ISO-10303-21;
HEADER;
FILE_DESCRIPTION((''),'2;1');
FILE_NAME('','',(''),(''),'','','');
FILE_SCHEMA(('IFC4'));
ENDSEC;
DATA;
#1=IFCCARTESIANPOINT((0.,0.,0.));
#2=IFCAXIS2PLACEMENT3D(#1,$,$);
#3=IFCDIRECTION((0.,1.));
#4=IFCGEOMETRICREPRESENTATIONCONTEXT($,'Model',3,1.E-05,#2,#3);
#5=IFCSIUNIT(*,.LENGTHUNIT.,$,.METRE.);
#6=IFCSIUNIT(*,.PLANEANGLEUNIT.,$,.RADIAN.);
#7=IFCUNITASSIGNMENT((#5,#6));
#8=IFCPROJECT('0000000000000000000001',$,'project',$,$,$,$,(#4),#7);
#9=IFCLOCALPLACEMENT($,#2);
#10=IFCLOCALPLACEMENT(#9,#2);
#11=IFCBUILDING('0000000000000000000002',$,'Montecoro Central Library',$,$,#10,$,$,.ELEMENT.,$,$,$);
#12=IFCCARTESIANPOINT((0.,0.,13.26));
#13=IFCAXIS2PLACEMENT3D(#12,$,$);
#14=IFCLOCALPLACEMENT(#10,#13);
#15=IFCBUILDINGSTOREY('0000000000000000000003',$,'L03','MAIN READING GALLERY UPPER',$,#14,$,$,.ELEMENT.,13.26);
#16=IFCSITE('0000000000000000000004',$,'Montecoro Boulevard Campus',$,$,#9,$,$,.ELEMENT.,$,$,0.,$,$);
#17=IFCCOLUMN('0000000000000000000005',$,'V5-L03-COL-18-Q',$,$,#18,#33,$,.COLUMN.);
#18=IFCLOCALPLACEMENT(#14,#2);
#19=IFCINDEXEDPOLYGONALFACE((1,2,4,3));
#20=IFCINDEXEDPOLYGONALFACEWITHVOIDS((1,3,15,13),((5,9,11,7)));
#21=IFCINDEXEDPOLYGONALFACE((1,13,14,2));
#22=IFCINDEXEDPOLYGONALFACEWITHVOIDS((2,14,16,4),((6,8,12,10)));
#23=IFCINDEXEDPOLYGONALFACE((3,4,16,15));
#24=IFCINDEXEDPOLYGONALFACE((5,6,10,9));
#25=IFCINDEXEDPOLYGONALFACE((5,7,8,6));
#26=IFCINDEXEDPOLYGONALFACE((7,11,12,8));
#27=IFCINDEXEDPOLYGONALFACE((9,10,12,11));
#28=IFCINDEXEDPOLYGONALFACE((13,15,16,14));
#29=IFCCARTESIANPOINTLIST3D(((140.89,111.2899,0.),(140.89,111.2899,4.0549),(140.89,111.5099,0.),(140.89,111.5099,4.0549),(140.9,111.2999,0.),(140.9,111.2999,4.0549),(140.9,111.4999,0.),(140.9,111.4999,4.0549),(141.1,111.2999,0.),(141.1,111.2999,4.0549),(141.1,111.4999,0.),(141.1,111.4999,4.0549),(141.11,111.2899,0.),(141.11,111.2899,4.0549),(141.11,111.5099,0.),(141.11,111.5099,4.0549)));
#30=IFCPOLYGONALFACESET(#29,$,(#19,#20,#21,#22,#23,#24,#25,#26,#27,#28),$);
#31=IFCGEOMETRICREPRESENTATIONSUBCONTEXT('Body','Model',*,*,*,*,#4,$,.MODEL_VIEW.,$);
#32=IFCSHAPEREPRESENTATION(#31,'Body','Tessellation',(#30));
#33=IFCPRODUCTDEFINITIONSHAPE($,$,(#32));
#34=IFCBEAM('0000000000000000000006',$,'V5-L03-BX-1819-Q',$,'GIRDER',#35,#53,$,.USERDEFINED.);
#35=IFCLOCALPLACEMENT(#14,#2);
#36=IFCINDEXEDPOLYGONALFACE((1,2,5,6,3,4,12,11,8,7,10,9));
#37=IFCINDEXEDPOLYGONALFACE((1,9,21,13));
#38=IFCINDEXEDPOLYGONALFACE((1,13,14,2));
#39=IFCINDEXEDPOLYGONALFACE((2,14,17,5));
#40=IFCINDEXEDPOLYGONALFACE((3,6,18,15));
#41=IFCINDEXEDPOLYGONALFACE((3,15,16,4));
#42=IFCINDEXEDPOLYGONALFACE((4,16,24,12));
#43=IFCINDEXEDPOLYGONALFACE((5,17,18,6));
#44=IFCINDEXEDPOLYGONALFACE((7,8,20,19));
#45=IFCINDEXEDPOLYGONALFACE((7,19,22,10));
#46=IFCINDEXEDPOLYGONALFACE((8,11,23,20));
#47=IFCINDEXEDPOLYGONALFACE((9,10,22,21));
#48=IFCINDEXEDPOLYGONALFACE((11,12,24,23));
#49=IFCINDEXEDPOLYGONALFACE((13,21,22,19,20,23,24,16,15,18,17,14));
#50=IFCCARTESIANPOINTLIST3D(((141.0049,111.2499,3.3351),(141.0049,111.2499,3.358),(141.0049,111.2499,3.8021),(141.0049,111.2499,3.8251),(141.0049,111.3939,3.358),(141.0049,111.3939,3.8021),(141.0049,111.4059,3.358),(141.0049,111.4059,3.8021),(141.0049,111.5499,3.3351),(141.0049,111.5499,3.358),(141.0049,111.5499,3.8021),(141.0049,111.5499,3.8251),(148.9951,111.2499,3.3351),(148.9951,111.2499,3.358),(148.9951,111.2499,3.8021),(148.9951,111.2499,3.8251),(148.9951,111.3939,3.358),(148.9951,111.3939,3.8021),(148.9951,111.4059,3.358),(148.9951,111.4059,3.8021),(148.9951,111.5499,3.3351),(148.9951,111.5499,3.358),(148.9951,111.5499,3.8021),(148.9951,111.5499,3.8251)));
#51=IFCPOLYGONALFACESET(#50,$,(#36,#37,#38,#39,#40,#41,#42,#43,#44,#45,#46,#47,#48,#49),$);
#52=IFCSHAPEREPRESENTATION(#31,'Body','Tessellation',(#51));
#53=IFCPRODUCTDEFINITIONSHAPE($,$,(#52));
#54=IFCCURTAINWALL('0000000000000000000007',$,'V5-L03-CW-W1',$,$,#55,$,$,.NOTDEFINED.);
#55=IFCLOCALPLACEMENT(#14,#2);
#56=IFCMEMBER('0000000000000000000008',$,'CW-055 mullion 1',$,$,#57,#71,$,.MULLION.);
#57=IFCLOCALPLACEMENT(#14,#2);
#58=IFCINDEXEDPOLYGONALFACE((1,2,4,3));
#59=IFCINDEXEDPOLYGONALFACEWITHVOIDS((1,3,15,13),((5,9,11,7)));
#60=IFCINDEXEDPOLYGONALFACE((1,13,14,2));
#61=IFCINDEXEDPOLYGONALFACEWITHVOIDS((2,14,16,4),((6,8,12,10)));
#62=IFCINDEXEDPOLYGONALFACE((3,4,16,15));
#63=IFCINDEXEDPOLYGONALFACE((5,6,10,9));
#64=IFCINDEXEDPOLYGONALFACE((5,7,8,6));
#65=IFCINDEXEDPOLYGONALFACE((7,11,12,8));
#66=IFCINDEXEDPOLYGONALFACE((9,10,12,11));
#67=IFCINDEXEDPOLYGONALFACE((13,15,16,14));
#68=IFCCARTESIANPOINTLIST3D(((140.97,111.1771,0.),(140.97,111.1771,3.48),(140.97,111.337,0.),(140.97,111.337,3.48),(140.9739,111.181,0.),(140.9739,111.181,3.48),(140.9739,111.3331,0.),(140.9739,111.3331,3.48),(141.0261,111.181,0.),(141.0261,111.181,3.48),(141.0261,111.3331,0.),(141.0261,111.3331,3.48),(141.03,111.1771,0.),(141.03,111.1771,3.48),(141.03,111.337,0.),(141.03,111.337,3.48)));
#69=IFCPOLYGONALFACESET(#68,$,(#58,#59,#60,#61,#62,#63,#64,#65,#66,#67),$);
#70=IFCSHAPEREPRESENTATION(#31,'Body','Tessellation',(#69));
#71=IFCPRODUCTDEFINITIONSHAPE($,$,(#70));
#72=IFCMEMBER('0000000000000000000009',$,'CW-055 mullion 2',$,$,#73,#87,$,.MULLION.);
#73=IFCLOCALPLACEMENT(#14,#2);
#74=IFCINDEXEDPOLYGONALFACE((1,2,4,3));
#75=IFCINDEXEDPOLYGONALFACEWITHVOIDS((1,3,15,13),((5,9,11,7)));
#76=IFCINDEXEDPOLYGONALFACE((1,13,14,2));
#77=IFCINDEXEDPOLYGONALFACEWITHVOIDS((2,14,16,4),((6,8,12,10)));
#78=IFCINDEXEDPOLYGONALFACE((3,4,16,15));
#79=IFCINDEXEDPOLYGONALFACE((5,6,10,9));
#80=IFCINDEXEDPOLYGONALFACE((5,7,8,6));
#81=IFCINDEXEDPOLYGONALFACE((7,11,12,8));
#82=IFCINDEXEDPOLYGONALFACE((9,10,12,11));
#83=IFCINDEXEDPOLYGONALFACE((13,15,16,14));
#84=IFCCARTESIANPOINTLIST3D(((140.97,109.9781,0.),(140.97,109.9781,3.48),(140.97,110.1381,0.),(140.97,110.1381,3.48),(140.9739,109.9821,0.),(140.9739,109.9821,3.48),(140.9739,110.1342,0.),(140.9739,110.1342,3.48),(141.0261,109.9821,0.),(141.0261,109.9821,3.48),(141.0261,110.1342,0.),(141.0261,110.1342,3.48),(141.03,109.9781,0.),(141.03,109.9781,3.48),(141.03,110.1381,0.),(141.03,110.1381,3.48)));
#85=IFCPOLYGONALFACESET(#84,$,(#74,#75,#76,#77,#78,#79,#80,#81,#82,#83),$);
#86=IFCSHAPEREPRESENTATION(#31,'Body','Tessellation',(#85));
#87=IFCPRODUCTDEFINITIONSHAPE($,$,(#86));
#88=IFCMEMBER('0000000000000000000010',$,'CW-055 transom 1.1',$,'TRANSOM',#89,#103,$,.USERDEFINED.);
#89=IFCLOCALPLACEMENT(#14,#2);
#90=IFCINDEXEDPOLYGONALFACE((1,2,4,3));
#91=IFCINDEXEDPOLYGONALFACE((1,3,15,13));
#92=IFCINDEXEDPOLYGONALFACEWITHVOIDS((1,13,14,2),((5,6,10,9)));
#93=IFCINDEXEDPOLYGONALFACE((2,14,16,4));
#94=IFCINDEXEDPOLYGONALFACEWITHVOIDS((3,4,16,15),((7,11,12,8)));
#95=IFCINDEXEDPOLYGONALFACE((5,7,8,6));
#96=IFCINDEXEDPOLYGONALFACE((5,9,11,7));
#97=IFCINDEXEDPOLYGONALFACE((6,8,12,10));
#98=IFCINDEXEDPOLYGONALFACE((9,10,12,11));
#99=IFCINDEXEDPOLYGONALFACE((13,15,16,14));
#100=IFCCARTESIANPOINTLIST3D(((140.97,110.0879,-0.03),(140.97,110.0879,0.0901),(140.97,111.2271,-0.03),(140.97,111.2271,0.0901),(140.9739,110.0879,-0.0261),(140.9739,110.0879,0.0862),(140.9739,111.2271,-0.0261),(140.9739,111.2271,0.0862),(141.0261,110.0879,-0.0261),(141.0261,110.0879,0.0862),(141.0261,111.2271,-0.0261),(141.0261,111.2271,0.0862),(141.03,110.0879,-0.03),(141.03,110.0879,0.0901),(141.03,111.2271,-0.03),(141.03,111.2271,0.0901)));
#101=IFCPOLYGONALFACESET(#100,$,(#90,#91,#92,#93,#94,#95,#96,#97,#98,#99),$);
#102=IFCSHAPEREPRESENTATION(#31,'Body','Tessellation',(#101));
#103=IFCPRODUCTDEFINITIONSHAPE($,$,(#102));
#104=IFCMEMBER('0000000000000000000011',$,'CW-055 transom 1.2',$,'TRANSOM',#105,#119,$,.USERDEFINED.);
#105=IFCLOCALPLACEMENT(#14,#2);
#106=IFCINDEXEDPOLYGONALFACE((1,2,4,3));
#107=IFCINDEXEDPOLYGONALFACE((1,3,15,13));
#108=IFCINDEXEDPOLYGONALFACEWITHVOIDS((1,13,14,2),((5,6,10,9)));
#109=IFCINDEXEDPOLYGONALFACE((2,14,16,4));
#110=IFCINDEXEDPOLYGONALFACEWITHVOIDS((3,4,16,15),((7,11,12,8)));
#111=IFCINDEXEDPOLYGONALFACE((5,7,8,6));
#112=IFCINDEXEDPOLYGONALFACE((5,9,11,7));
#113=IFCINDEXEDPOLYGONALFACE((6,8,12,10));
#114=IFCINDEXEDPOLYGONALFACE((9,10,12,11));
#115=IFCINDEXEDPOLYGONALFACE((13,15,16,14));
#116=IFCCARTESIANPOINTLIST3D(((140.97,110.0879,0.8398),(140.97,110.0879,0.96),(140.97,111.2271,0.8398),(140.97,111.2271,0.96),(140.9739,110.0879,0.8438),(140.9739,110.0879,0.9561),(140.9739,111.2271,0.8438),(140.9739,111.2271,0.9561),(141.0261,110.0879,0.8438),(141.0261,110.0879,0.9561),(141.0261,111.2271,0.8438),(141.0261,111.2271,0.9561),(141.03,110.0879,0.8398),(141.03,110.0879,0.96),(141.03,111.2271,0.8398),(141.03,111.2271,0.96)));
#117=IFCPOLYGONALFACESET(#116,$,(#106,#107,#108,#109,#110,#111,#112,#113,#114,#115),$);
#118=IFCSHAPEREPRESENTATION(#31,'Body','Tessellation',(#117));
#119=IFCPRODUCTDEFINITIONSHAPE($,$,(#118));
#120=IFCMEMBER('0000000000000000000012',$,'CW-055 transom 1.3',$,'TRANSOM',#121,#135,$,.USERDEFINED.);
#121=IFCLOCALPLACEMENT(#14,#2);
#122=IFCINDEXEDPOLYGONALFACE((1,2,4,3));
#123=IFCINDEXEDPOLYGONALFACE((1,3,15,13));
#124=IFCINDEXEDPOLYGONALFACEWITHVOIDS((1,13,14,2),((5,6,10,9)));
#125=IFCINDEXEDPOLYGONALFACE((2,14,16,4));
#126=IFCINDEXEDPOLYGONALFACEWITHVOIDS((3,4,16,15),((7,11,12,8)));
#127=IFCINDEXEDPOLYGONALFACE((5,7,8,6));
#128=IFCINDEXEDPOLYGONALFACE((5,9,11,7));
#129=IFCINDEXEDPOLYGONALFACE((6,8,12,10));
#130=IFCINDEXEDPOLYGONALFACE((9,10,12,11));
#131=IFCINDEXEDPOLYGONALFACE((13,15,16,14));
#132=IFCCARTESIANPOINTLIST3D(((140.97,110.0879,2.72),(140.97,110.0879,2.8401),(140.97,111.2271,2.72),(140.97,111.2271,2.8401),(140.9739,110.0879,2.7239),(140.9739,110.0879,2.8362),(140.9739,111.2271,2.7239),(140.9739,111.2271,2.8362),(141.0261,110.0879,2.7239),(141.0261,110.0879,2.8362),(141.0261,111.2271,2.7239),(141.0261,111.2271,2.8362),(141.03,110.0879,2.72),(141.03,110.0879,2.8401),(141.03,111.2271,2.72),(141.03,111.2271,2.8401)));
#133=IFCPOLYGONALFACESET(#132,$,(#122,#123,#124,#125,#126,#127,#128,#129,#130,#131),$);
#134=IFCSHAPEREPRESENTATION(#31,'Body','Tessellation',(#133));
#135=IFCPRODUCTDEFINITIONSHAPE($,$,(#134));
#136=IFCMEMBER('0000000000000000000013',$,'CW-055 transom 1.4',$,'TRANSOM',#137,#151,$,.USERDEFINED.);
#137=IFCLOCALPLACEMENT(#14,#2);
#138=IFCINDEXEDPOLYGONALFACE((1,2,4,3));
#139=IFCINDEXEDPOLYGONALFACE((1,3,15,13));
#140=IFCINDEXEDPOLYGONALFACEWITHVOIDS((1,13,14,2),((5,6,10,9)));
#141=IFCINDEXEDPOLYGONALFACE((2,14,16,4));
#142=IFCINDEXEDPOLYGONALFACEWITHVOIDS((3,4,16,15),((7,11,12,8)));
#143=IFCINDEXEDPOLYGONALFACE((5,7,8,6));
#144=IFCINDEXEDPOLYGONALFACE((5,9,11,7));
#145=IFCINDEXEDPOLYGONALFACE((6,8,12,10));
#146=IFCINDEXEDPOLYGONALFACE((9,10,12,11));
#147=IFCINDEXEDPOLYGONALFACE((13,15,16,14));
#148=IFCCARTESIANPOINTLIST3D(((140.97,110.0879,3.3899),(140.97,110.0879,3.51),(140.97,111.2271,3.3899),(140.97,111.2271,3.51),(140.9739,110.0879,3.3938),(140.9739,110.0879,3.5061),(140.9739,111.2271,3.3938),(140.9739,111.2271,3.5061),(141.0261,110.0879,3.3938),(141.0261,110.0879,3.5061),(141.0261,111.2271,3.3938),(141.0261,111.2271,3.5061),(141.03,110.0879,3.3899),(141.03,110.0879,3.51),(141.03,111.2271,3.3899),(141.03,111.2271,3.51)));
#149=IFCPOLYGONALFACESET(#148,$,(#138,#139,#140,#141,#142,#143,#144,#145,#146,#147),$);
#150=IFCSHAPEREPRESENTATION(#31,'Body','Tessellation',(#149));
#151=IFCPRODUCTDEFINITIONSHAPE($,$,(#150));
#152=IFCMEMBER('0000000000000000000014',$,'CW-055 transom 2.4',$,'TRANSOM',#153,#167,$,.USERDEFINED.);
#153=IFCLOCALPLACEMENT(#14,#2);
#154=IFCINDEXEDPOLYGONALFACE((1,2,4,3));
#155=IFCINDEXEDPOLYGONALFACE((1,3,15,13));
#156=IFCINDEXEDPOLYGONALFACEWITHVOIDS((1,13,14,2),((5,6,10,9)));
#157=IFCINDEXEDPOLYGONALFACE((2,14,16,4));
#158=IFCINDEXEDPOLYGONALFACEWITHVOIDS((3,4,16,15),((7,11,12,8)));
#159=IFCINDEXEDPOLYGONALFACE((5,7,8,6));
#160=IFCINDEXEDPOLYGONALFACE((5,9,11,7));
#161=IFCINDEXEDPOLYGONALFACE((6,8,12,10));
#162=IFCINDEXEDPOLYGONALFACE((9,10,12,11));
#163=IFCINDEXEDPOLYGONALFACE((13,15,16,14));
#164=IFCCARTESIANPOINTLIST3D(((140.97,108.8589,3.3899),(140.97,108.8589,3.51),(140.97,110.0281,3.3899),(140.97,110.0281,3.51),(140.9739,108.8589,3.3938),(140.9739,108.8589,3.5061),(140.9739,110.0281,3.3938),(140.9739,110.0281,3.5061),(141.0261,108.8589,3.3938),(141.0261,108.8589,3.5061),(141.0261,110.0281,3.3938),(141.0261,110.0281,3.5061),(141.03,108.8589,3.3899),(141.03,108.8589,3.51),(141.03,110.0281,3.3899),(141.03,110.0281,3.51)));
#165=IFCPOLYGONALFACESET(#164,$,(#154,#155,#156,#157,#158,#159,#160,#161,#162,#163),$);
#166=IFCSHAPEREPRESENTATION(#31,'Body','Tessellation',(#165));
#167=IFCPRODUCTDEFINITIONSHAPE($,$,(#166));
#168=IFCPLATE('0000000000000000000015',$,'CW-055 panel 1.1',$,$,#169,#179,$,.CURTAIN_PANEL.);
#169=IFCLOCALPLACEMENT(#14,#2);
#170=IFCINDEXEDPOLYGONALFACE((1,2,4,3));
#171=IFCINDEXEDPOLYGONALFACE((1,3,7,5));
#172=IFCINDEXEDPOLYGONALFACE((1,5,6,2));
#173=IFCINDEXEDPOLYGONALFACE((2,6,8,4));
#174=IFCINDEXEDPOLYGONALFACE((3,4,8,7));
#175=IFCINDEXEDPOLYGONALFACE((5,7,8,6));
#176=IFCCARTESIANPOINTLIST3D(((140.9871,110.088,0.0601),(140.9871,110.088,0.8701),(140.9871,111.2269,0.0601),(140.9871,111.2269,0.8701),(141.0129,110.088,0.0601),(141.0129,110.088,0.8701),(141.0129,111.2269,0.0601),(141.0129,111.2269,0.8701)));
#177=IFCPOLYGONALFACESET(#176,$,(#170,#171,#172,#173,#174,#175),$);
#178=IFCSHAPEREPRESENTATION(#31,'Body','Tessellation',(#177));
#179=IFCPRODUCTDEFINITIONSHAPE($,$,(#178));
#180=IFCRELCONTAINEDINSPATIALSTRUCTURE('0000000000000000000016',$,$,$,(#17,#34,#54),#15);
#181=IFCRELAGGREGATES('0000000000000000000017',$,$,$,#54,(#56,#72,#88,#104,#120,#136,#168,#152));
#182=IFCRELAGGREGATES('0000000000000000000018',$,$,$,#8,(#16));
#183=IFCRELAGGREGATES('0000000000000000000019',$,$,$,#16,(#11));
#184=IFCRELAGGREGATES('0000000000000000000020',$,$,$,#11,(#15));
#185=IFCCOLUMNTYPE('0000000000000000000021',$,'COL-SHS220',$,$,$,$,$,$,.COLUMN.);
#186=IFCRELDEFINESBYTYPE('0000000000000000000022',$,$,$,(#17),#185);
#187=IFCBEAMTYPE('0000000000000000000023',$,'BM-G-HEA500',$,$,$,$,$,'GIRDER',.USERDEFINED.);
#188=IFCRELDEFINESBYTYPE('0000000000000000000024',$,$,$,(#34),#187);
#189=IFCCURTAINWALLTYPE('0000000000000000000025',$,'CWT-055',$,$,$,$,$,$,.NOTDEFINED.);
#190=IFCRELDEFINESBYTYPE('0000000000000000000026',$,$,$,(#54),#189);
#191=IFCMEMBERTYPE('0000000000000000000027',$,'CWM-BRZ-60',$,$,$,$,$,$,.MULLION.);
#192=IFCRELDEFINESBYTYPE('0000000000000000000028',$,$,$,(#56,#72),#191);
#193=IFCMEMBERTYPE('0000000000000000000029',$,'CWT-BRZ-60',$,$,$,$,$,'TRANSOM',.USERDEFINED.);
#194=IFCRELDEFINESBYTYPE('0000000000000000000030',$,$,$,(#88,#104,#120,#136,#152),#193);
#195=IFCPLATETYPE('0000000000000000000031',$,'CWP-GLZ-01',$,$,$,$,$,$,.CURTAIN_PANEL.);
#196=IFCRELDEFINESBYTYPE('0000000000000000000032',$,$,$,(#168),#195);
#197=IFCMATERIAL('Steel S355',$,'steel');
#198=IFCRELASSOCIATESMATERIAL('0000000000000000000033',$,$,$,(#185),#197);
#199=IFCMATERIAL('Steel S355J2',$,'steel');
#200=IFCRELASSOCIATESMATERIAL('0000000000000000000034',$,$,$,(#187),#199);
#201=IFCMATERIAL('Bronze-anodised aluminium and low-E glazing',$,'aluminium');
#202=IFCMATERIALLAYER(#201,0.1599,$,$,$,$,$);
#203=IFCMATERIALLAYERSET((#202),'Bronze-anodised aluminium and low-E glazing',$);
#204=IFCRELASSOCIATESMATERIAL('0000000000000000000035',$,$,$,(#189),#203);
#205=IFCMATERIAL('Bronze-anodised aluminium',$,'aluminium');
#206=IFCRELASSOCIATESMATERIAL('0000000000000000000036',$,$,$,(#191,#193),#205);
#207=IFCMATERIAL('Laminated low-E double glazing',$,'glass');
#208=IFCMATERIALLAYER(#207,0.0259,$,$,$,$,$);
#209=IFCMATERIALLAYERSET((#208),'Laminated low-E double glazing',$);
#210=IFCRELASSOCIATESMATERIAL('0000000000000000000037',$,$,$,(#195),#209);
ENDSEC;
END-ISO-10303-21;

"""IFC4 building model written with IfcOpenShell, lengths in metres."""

from ifc_helpers import new_model, si_unit, direction, frame, origin, origin_2d, place, context, subcontext, project, spatial, rectangle, hollow_rectangle, i_section, extrude, material, layer, layer_set, material_profile, profile_set, type_object, element, aggregate, save


model = new_model("IFC4")

# Units and contexts
model_context = context("Model", 3, precision=1e-05, world=origin(), true_north=direction((0.0, 1.0)))
body_context = subcontext(model_context, "Body", "Model", "MODEL_VIEW")
ifc_project = project(units=[si_unit("LENGTHUNIT", "METRE"), si_unit("PLANEANGLEUNIT", "RADIAN")], contexts=[model_context])

# Site, building, storey
site_placement = place(None, origin())
site = spatial("IfcSite", under=ifc_project, at=site_placement, Name="Montecoro Boulevard Campus", CompositionType="ELEMENT", RefElevation=0.0)
building_placement = place(site_placement, origin())
building = spatial("IfcBuilding", under=site, at=building_placement, Name="Montecoro Central Library", CompositionType="ELEMENT")
storey_placement = place(building_placement, frame((0.0, 0.0, 13.26)))
storey = spatial("IfcBuildingStorey", under=building, at=storey_placement, Name="L03", Description="MAIN READING GALLERY UPPER", CompositionType="ELEMENT", Elevation=13.26)

# Column
ifc_material_1 = material(Name="Steel S355", Category="steel")
ifc_material_profile_1 = material_profile(ifc_material_1, hollow_rectangle(XDim=0.22, YDim=0.22, WallThickness=0.01, at=origin_2d()), Name="SHS 220x220x10.0")
ifc_profile_set_1 = profile_set([ifc_material_profile_1], Name="Steel S355")
column_type = type_object("IfcColumnType", Name="COL-SHS220", PredefinedType="COLUMN", material=ifc_profile_set_1)
column_placement = place(storey_placement, frame((141.0, 111.3999, 0.0), z_axis=(0.0, 0.0, 1.0), x_axis=(1.0, 0.0, 0.0)))
element("IfcColumn", 1, at=column_placement, inside=storey, type_object=column_type, Name="V5-L03-COL-18-Q", PredefinedType="COLUMN", context=body_context, shape_type="SweptSolid", body=[
    extrude(hollow_rectangle(XDim=0.22, YDim=0.22, WallThickness=0.01, at=origin_2d()), origin(), (0.0, 0.0, 1.0), 4.0549),
])

# Beam
ifc_material_2 = material(Name="Steel S355J2", Category="steel")
ifc_material_profile_2 = material_profile(ifc_material_2, i_section(OverallWidth=0.3, OverallDepth=0.49, WebThickness=0.012, FlangeThickness=0.0229, at=origin_2d()), Name="HEA 500")
ifc_profile_set_2 = profile_set([ifc_material_profile_2], Name="Steel S355J2")
beam_type = type_object("IfcBeamType", Name="BM-G-HEA500", ElementType="GIRDER", PredefinedType="USERDEFINED", material=ifc_profile_set_2)
beam_placement = place(storey_placement, frame((141.0049, 111.3999, 3.5801), z_axis=(1.0, 0.0, 0.0), x_axis=(0.0, 1.0, 0.0)))
element("IfcBeam", 2, at=beam_placement, inside=storey, type_object=beam_type, Name="V5-L03-BX-1819-Q", ObjectType="GIRDER", PredefinedType="USERDEFINED", context=body_context, shape_type="SweptSolid", body=[
    extrude(i_section(OverallWidth=0.3, OverallDepth=0.49, WebThickness=0.012, FlangeThickness=0.0229, at=origin_2d()), origin(), (0.0, 0.0, 1.0), 7.9902),
])

# Curtain wall, members, plate
ifc_material_3 = material(Name="Bronze-anodised aluminium and low-E glazing", Category="aluminium")
ifc_layer_1 = layer(ifc_material_3, 0.1599)
ifc_layer_set_1 = layer_set([ifc_layer_1], Name="Bronze-anodised aluminium and low-E glazing")
curtain_wall_type = type_object("IfcCurtainWallType", Name="CWT-055", PredefinedType="NOTDEFINED", material=ifc_layer_set_1)
curtain_wall_placement = place(storey_placement, origin())
curtain_wall = element("IfcCurtainWall", 3, at=curtain_wall_placement, inside=storey, type_object=curtain_wall_type, Name="V5-L03-CW-W1", PredefinedType="NOTDEFINED")
ifc_material_4 = material(Name="Bronze-anodised aluminium", Category="aluminium")
ifc_material_profile_3 = material_profile(ifc_material_4, hollow_rectangle(XDim=0.0601, YDim=0.1599, WallThickness=0.0039, at=origin_2d()), Name="CWM 160x60x4.0")
ifc_profile_set_3 = profile_set([ifc_material_profile_3], Name="Bronze-anodised aluminium")
member_type_1 = type_object("IfcMemberType", Name="CWM-BRZ-60", PredefinedType="MULLION", material=ifc_profile_set_3)
member_1_placement = place(storey_placement, frame((141.0, 111.2571, 0.0), z_axis=(0.0, 0.0, 1.0), x_axis=(1.0, 0.0, 0.0)))
member_1 = element("IfcMember", 4, at=member_1_placement, type_object=member_type_1, Name="CW-055 mullion 1", PredefinedType="MULLION", context=body_context, shape_type="SweptSolid", body=[
    extrude(hollow_rectangle(XDim=0.0601, YDim=0.1599, WallThickness=0.0039, at=origin_2d()), origin(), (0.0, 0.0, 1.0), 3.48),
])
member_2_placement = place(storey_placement, frame((141.0, 110.0581, 0.0), z_axis=(0.0, 0.0, 1.0), x_axis=(1.0, 0.0, 0.0)))
member_2 = element("IfcMember", 5, at=member_2_placement, type_object=member_type_1, Name="CW-055 mullion 2", PredefinedType="MULLION", context=body_context, shape_type="SweptSolid", body=[
    extrude(hollow_rectangle(XDim=0.0601, YDim=0.1599, WallThickness=0.0039, at=origin_2d()), origin(), (0.0, 0.0, 1.0), 3.48),
])
ifc_material_profile_4 = material_profile(ifc_material_4, hollow_rectangle(XDim=0.0601, YDim=0.1201, WallThickness=0.0039, at=origin_2d()), Name="CWT 120x60x4.0")
ifc_profile_set_4 = profile_set([ifc_material_profile_4], Name="Bronze-anodised aluminium")
member_type_2 = type_object("IfcMemberType", Name="CWT-BRZ-60", ElementType="TRANSOM", PredefinedType="USERDEFINED", material=ifc_profile_set_4)
member_3_placement = place(storey_placement, frame((141.0, 111.2271, 0.03), z_axis=(0.0, -1.0, 0.0), x_axis=(1.0, 0.0, 0.0)))
member_3 = element("IfcMember", 6, at=member_3_placement, type_object=member_type_2, Name="CW-055 transom 1.1", ObjectType="TRANSOM", PredefinedType="USERDEFINED", context=body_context, shape_type="SweptSolid", body=[
    extrude(hollow_rectangle(XDim=0.0601, YDim=0.1201, WallThickness=0.0039, at=origin_2d()), origin(), (0.0, 0.0, 1.0), 1.1392),
])
member_4_placement = place(storey_placement, frame((141.0, 111.2271, 0.8999), z_axis=(0.0, -1.0, 0.0), x_axis=(1.0, 0.0, 0.0)))
member_4 = element("IfcMember", 7, at=member_4_placement, type_object=member_type_2, Name="CW-055 transom 1.2", ObjectType="TRANSOM", PredefinedType="USERDEFINED", context=body_context, shape_type="SweptSolid", body=[
    extrude(hollow_rectangle(XDim=0.0601, YDim=0.1201, WallThickness=0.0039, at=origin_2d()), origin(), (0.0, 0.0, 1.0), 1.1392),
])
member_5_placement = place(storey_placement, frame((141.0, 111.2271, 2.78), z_axis=(0.0, -1.0, 0.0), x_axis=(1.0, 0.0, 0.0)))
member_5 = element("IfcMember", 8, at=member_5_placement, type_object=member_type_2, Name="CW-055 transom 1.3", ObjectType="TRANSOM", PredefinedType="USERDEFINED", context=body_context, shape_type="SweptSolid", body=[
    extrude(hollow_rectangle(XDim=0.0601, YDim=0.1201, WallThickness=0.0039, at=origin_2d()), origin(), (0.0, 0.0, 1.0), 1.1392),
])
member_6_placement = place(storey_placement, frame((141.0, 111.2271, 3.45), z_axis=(0.0, -1.0, 0.0), x_axis=(1.0, 0.0, 0.0)))
member_6 = element("IfcMember", 9, at=member_6_placement, type_object=member_type_2, Name="CW-055 transom 1.4", ObjectType="TRANSOM", PredefinedType="USERDEFINED", context=body_context, shape_type="SweptSolid", body=[
    extrude(hollow_rectangle(XDim=0.0601, YDim=0.1201, WallThickness=0.0039, at=origin_2d()), origin(), (0.0, 0.0, 1.0), 1.1392),
])
member_7_placement = place(storey_placement, frame((141.0, 110.0281, 3.45), z_axis=(0.0, -1.0, 0.0), x_axis=(1.0, 0.0, 0.0)))
member_7 = element("IfcMember", 10, at=member_7_placement, type_object=member_type_2, Name="CW-055 transom 2.4", ObjectType="TRANSOM", PredefinedType="USERDEFINED", context=body_context, shape_type="SweptSolid", body=[
    extrude(hollow_rectangle(XDim=0.0601, YDim=0.1201, WallThickness=0.0039, at=origin_2d()), origin(), (0.0, 0.0, 1.0), 1.1692),
])
ifc_material_5 = material(Name="Laminated low-E double glazing", Category="glass")
ifc_layer_2 = layer(ifc_material_5, 0.0259)
ifc_layer_set_2 = layer_set([ifc_layer_2], Name="Laminated low-E double glazing")
plate_type = type_object("IfcPlateType", Name="CWP-GLZ-01", PredefinedType="CURTAIN_PANEL", material=ifc_layer_set_2)
plate_1_placement = place(storey_placement, frame((141.0, 110.6575, 0.0601), z_axis=(0.0, 0.0, 1.0), x_axis=(0.0, -1.0, 0.0)))
plate_1 = element("IfcPlate", 11, at=plate_1_placement, type_object=plate_type, Name="CW-055 panel 1.1", PredefinedType="CURTAIN_PANEL", context=body_context, shape_type="SweptSolid", body=[
    extrude(rectangle(XDim=1.1389, YDim=0.0259, at=origin_2d()), origin(), (0.0, 0.0, 1.0), 0.8101),
])
aggregate(curtain_wall, [member_1, member_2, member_3, member_4, member_5, member_6, plate_1, member_7])

save(model, "model.ifc")
